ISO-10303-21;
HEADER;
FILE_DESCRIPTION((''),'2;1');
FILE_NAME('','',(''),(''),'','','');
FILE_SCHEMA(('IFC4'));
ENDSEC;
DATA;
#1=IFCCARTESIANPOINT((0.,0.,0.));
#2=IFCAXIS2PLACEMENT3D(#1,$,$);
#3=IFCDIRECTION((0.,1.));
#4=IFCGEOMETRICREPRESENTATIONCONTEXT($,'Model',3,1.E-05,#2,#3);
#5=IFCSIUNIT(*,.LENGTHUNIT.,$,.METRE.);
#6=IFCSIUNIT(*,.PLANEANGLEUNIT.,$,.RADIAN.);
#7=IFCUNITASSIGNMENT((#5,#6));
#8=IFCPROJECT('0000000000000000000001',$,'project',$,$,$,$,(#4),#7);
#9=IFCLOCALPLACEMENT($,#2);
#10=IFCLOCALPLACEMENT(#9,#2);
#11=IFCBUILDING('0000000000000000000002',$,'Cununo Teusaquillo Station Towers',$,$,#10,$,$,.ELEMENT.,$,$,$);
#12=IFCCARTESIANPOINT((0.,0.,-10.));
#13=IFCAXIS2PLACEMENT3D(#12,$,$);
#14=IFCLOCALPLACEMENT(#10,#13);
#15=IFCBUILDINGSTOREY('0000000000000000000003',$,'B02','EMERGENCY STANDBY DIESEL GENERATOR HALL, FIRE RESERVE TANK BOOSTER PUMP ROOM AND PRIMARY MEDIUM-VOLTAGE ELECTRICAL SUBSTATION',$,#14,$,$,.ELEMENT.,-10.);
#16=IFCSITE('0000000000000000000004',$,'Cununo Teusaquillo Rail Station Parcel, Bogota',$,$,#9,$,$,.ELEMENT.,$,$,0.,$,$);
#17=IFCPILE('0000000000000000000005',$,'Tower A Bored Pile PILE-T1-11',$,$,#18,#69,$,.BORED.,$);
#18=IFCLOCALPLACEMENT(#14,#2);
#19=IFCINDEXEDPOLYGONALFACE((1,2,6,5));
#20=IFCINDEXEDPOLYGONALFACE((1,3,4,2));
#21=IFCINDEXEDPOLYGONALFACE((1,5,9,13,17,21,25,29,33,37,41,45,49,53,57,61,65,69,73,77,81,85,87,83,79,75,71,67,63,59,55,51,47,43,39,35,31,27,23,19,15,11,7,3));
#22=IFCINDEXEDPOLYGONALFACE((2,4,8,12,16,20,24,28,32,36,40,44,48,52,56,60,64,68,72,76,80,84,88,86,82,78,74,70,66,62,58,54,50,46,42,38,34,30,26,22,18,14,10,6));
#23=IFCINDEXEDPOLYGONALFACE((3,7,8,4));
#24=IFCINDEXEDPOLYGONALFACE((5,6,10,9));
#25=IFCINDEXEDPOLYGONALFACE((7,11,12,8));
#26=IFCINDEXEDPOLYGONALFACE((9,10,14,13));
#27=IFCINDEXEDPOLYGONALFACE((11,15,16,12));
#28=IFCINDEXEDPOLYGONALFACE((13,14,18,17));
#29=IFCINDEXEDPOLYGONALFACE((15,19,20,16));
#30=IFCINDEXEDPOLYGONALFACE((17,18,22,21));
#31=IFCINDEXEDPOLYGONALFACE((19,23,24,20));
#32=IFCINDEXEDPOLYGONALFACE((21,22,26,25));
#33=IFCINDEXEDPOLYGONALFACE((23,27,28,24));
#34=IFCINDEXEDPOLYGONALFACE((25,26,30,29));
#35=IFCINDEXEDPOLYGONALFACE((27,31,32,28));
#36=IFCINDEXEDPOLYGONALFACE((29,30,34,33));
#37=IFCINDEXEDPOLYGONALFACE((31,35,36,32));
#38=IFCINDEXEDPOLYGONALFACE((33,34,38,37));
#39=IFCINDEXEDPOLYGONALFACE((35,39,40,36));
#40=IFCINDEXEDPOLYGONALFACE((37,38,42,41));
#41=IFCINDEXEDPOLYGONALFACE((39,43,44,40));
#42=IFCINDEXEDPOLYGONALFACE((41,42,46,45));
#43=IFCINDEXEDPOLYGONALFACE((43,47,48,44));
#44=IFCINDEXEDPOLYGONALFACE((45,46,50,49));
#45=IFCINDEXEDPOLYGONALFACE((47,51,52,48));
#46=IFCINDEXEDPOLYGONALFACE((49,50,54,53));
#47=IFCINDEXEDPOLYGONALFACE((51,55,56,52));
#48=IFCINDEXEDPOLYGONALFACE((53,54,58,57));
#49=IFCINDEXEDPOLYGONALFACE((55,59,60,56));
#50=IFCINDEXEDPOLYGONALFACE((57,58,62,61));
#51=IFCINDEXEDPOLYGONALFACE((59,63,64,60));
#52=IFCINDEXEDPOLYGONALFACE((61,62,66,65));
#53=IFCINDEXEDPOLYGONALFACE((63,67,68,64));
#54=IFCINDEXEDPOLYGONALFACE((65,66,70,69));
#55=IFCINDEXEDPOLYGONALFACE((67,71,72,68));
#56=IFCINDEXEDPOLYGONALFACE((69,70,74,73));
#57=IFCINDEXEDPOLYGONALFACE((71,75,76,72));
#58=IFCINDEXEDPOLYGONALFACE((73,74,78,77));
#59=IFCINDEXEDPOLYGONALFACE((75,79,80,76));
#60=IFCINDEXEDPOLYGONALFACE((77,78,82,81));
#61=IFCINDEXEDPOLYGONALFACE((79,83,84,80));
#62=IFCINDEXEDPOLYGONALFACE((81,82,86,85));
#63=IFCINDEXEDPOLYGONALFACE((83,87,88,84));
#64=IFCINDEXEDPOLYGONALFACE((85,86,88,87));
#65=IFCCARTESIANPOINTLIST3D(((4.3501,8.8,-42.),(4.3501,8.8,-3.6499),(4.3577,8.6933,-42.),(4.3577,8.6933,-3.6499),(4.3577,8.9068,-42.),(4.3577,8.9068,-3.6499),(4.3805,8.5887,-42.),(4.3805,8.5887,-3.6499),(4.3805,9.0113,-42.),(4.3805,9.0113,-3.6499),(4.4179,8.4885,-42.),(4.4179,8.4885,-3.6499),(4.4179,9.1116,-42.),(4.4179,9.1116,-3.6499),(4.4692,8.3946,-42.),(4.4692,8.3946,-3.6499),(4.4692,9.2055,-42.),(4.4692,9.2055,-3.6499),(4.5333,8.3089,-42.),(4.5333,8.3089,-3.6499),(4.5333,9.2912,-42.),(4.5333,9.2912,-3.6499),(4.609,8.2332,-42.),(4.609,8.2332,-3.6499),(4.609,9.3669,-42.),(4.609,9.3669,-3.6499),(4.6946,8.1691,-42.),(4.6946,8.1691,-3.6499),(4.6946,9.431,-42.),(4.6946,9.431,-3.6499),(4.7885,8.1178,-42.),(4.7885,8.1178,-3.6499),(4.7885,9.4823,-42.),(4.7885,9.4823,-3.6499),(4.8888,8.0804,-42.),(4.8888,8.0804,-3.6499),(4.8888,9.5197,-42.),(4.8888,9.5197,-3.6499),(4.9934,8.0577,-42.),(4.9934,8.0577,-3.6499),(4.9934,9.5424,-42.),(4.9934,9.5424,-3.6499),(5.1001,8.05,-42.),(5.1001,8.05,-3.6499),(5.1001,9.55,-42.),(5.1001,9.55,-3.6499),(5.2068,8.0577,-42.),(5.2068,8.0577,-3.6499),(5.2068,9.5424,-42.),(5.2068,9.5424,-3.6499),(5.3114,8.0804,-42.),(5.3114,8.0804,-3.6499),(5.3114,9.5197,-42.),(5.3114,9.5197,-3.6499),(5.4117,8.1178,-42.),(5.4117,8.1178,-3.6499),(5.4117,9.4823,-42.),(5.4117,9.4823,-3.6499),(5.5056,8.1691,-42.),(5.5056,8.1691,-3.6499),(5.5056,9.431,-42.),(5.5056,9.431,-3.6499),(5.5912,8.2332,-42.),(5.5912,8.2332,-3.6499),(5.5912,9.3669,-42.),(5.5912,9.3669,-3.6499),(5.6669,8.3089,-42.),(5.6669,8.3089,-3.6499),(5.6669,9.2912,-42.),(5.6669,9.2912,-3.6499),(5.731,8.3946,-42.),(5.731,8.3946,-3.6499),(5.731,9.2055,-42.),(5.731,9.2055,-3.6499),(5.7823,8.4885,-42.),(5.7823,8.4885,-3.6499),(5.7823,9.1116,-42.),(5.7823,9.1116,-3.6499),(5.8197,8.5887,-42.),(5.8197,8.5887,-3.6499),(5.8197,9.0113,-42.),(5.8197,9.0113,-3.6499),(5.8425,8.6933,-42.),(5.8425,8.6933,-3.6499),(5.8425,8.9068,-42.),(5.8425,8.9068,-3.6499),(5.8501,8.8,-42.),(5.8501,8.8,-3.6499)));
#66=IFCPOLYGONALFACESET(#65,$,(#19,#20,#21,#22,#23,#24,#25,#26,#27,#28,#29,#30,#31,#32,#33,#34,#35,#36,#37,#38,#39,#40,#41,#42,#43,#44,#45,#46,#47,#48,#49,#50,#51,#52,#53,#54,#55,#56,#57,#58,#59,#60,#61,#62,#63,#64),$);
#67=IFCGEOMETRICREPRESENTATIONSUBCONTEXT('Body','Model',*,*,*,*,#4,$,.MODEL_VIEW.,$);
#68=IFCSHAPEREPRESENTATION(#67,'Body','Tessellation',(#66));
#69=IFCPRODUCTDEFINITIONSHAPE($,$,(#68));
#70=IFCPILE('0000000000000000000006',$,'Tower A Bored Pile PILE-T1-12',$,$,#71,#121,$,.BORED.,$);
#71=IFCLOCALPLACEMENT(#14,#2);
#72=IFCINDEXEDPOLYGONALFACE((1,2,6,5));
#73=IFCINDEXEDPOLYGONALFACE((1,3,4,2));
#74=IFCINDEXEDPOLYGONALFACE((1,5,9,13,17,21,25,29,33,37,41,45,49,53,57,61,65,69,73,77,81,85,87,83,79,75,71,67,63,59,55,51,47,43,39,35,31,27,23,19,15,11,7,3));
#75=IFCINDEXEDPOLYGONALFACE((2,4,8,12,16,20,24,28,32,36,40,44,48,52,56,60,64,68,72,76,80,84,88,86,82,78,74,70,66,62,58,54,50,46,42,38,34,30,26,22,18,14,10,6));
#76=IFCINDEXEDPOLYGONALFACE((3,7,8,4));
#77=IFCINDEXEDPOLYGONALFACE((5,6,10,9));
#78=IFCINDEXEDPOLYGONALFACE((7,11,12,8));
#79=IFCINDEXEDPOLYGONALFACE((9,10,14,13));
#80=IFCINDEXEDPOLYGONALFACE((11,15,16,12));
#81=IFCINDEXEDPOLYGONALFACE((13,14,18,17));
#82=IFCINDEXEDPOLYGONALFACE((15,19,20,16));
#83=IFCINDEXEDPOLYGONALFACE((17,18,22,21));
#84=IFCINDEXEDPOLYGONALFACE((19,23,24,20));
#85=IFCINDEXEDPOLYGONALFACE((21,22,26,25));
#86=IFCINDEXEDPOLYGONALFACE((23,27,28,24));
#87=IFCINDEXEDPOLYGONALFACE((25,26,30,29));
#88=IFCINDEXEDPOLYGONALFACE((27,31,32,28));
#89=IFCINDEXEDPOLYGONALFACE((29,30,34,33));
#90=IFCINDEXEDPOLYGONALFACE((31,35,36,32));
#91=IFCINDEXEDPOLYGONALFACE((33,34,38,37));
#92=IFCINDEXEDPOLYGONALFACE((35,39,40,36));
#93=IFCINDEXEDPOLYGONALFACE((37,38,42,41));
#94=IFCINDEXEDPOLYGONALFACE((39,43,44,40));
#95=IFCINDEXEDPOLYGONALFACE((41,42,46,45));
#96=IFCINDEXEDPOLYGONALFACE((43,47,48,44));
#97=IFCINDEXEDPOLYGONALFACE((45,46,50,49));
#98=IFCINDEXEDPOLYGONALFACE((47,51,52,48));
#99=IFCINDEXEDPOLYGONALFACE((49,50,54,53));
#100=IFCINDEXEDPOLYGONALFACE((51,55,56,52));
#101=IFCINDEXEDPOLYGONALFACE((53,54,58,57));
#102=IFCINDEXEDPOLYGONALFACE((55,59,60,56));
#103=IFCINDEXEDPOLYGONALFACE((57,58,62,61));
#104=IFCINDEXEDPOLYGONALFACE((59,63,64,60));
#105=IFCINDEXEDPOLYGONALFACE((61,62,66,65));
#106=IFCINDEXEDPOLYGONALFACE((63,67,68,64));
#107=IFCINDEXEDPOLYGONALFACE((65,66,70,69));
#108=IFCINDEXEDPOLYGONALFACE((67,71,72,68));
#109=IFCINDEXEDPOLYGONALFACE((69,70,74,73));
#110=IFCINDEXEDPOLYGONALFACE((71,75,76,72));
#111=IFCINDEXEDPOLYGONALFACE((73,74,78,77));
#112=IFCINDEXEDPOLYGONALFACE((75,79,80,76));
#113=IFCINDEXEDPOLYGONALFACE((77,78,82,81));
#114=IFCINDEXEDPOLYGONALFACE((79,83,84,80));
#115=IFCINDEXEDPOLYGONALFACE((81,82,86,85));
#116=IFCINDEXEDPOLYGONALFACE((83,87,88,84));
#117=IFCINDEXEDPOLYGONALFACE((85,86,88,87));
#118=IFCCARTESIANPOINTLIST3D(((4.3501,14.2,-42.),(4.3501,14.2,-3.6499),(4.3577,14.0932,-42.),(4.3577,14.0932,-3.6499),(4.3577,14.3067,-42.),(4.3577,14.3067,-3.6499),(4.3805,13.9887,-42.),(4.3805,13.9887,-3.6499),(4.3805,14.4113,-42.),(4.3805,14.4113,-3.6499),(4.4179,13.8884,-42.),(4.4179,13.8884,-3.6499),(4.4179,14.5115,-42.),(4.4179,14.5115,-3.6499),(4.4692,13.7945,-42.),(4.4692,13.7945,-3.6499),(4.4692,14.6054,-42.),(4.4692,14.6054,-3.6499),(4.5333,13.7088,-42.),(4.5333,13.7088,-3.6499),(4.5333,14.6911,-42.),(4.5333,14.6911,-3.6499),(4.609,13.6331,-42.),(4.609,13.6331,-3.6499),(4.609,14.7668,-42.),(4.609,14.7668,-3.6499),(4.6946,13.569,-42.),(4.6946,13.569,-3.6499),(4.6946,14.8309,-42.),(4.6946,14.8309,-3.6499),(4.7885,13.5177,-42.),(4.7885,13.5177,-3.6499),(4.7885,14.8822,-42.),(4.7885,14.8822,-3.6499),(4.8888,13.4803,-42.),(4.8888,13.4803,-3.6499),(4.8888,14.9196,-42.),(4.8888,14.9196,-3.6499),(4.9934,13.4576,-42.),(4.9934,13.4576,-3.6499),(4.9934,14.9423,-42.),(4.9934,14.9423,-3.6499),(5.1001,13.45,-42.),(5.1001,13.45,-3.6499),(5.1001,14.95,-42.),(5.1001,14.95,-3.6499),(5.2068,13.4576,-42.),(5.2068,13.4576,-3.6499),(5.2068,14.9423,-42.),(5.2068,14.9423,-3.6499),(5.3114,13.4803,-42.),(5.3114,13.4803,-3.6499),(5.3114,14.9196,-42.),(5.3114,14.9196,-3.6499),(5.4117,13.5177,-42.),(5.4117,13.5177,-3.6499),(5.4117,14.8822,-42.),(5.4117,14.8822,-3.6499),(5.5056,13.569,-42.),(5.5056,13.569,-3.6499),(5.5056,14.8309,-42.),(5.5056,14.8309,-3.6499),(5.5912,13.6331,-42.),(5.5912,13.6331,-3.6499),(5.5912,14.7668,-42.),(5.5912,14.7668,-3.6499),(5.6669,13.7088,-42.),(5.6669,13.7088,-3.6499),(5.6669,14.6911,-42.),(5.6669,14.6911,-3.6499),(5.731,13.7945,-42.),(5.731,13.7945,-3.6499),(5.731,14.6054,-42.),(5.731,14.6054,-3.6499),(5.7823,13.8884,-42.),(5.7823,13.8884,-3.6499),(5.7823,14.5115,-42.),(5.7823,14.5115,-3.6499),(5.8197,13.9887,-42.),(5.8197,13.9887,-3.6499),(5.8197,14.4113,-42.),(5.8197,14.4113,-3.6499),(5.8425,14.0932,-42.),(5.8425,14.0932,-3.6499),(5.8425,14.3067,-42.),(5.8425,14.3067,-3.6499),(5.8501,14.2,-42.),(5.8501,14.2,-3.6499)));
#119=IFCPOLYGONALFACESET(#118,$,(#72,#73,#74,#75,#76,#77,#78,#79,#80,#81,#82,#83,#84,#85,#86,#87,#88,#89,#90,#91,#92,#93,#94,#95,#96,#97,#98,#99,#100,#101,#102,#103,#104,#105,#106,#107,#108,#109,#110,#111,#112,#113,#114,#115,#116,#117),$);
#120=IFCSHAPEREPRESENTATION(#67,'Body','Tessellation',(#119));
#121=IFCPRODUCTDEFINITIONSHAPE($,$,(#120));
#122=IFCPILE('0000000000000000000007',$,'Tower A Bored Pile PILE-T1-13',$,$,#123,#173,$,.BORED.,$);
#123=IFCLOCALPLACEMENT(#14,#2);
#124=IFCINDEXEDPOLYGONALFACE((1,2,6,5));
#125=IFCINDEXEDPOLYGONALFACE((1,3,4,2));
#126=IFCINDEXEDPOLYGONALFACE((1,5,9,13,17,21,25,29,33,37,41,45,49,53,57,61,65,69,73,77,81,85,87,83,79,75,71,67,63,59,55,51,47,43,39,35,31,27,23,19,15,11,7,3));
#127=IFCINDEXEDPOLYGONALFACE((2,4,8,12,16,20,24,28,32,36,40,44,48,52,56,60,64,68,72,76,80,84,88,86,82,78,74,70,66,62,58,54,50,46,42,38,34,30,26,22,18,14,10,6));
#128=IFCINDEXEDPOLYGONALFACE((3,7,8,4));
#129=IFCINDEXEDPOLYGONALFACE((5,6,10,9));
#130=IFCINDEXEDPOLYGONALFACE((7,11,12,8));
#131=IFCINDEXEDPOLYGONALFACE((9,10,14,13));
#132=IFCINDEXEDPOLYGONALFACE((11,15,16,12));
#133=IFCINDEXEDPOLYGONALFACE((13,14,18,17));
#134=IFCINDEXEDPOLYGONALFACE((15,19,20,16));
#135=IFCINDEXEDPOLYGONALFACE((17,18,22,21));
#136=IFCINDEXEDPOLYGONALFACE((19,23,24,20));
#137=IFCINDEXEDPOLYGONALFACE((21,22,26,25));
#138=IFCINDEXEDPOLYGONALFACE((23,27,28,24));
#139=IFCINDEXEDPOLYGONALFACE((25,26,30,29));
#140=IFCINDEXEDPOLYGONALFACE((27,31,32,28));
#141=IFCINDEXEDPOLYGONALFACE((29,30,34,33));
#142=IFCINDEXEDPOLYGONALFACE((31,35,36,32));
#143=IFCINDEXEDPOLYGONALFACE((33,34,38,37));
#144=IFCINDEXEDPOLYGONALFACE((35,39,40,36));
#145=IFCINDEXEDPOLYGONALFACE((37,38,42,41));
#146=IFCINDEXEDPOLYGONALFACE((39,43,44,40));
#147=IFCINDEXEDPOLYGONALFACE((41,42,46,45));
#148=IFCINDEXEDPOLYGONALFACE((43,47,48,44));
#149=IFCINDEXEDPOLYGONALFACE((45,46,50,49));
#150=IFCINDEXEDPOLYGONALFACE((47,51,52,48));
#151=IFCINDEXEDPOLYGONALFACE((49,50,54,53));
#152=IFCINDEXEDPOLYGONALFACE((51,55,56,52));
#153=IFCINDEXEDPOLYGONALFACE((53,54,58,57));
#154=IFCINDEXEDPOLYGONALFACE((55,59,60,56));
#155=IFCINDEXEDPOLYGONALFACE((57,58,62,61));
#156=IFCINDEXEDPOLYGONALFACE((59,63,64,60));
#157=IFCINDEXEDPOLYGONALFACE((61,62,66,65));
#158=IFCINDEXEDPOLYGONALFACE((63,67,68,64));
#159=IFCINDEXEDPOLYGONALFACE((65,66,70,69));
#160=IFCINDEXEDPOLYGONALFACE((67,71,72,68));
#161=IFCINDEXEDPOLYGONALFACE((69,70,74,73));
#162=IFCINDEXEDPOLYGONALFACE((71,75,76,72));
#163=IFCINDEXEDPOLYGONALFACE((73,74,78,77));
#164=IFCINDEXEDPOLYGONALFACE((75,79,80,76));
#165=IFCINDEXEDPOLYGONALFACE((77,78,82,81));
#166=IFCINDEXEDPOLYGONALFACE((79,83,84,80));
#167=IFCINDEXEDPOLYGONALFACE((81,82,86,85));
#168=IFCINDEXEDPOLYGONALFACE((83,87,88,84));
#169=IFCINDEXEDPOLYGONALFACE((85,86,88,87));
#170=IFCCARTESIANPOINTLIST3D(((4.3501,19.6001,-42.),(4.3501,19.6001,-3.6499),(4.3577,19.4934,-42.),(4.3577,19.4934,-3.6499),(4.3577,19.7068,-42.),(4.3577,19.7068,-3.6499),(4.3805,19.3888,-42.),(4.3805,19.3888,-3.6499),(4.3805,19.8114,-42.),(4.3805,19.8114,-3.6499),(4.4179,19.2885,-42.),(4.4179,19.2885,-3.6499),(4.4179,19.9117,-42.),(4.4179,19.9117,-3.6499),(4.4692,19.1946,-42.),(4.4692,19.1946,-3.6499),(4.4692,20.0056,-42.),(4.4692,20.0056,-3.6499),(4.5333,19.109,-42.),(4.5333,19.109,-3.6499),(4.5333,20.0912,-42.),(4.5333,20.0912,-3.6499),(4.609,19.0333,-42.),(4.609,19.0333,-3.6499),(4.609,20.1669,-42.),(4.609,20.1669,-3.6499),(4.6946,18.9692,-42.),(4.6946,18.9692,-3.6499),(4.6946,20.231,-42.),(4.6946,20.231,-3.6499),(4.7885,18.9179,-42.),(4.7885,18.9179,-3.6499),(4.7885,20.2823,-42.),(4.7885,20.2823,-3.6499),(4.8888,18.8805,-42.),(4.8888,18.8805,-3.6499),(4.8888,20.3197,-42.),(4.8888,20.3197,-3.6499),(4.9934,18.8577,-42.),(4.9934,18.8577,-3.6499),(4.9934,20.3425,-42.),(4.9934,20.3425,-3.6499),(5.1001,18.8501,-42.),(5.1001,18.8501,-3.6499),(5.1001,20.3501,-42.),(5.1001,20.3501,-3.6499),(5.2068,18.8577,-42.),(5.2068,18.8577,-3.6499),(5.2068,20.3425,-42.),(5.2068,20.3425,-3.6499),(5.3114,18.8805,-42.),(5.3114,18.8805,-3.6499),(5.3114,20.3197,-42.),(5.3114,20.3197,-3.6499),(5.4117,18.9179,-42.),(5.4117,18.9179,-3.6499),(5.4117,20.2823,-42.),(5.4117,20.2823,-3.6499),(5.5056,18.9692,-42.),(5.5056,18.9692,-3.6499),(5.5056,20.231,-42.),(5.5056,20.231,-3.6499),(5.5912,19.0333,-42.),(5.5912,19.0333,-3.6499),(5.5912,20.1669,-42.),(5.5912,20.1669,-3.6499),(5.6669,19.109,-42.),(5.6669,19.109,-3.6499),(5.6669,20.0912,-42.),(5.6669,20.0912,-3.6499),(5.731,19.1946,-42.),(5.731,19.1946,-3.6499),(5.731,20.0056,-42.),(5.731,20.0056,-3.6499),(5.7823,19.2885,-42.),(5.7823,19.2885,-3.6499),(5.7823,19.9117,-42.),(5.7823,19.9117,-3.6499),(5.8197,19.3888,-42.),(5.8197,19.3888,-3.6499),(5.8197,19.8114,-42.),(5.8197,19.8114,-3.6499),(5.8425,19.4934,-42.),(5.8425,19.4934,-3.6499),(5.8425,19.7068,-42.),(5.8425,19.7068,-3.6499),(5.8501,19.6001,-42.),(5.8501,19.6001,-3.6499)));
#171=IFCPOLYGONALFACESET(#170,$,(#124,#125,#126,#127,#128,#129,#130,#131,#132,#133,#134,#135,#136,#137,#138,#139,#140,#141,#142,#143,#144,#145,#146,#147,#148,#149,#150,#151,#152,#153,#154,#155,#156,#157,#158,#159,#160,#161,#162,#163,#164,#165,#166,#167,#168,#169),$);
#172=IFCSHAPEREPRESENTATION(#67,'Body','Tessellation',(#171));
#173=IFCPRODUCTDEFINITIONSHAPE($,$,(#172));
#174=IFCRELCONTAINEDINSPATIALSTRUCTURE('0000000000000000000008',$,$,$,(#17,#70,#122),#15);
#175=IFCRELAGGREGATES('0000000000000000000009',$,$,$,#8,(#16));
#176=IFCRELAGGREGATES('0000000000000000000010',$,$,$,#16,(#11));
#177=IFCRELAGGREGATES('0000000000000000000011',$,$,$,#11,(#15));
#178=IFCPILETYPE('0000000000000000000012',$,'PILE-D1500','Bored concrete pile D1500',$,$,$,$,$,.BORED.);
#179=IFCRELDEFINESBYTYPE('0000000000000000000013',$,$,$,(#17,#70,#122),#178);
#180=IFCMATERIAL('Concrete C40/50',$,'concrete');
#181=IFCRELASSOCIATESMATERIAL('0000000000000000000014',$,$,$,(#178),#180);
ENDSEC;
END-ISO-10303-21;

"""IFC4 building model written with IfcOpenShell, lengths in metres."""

from ifc_helpers import new_model, si_unit, direction, frame, origin, origin_2d, place, context, subcontext, project, spatial, circle, extrude, material, material_profile, profile_set, type_object, element, save


model = new_model("IFC4")

# Units and contexts
model_context = context("Model", 3, precision=1e-05, world=origin(), true_north=direction((0.0, 1.0)))
body_context = subcontext(model_context, "Body", "Model", "MODEL_VIEW")
ifc_project = project(units=[si_unit("LENGTHUNIT", "METRE"), si_unit("PLANEANGLEUNIT", "RADIAN")], contexts=[model_context])

# Site, building, storey
site_placement = place(None, origin())
site = spatial("IfcSite", under=ifc_project, at=site_placement, Name="Cununo Teusaquillo Rail Station Parcel, Bogota", CompositionType="ELEMENT", RefElevation=0.0)
building_placement = place(site_placement, origin())
building = spatial("IfcBuilding", under=site, at=building_placement, Name="Cununo Teusaquillo Station Towers", CompositionType="ELEMENT")
storey_placement = place(building_placement, frame((0.0, 0.0, -10.0)))
storey = spatial("IfcBuildingStorey", under=building, at=storey_placement, Name="B02", Description="EMERGENCY STANDBY DIESEL GENERATOR HALL, FIRE RESERVE TANK BOOSTER PUMP ROOM AND PRIMARY MEDIUM-VOLTAGE ELECTRICAL SUBSTATION", CompositionType="ELEMENT", Elevation=-10.0)

# Piles
ifc_material_1 = material(Name="Concrete C40/50", Category="concrete")
ifc_material_profile_1 = material_profile(ifc_material_1, circle(Radius=0.75, at=origin_2d()), Name="PILE-BORED-1500")
ifc_profile_set_1 = profile_set([ifc_material_profile_1], Name="Concrete C40/50")
pile_type = type_object("IfcPileType", Name="PILE-D1500", Description="Bored concrete pile D1500", PredefinedType="BORED", material=ifc_profile_set_1)
for number, where, z_axis, x_axis, name in (
    (1, (5.1001, 8.8, -3.6499), (0.0, 0.0, -1.0), (1.0, 0.0, 0.0), "Tower A Bored Pile PILE-T1-11"),
    (2, (5.1001, 14.2, -3.6499), (0.0, 0.0, -1.0), (1.0, 0.0, 0.0), "Tower A Bored Pile PILE-T1-12"),
    (3, (5.1001, 19.6001, -3.6499), (0.0, 0.0, -1.0), (1.0, 0.0, 0.0), "Tower A Bored Pile PILE-T1-13"),
):
    element("IfcPile", number, at=place(storey_placement, frame(where, z_axis=z_axis, x_axis=x_axis)), inside=storey, type_object=pile_type, Name=name, PredefinedType="BORED", context=body_context, shape_type="SweptSolid", body=[
        extrude(circle(Radius=0.75, at=origin_2d()), origin(), (0.0, 0.0, 1.0), 38.3501),
    ])

save(model, "model.ifc")
